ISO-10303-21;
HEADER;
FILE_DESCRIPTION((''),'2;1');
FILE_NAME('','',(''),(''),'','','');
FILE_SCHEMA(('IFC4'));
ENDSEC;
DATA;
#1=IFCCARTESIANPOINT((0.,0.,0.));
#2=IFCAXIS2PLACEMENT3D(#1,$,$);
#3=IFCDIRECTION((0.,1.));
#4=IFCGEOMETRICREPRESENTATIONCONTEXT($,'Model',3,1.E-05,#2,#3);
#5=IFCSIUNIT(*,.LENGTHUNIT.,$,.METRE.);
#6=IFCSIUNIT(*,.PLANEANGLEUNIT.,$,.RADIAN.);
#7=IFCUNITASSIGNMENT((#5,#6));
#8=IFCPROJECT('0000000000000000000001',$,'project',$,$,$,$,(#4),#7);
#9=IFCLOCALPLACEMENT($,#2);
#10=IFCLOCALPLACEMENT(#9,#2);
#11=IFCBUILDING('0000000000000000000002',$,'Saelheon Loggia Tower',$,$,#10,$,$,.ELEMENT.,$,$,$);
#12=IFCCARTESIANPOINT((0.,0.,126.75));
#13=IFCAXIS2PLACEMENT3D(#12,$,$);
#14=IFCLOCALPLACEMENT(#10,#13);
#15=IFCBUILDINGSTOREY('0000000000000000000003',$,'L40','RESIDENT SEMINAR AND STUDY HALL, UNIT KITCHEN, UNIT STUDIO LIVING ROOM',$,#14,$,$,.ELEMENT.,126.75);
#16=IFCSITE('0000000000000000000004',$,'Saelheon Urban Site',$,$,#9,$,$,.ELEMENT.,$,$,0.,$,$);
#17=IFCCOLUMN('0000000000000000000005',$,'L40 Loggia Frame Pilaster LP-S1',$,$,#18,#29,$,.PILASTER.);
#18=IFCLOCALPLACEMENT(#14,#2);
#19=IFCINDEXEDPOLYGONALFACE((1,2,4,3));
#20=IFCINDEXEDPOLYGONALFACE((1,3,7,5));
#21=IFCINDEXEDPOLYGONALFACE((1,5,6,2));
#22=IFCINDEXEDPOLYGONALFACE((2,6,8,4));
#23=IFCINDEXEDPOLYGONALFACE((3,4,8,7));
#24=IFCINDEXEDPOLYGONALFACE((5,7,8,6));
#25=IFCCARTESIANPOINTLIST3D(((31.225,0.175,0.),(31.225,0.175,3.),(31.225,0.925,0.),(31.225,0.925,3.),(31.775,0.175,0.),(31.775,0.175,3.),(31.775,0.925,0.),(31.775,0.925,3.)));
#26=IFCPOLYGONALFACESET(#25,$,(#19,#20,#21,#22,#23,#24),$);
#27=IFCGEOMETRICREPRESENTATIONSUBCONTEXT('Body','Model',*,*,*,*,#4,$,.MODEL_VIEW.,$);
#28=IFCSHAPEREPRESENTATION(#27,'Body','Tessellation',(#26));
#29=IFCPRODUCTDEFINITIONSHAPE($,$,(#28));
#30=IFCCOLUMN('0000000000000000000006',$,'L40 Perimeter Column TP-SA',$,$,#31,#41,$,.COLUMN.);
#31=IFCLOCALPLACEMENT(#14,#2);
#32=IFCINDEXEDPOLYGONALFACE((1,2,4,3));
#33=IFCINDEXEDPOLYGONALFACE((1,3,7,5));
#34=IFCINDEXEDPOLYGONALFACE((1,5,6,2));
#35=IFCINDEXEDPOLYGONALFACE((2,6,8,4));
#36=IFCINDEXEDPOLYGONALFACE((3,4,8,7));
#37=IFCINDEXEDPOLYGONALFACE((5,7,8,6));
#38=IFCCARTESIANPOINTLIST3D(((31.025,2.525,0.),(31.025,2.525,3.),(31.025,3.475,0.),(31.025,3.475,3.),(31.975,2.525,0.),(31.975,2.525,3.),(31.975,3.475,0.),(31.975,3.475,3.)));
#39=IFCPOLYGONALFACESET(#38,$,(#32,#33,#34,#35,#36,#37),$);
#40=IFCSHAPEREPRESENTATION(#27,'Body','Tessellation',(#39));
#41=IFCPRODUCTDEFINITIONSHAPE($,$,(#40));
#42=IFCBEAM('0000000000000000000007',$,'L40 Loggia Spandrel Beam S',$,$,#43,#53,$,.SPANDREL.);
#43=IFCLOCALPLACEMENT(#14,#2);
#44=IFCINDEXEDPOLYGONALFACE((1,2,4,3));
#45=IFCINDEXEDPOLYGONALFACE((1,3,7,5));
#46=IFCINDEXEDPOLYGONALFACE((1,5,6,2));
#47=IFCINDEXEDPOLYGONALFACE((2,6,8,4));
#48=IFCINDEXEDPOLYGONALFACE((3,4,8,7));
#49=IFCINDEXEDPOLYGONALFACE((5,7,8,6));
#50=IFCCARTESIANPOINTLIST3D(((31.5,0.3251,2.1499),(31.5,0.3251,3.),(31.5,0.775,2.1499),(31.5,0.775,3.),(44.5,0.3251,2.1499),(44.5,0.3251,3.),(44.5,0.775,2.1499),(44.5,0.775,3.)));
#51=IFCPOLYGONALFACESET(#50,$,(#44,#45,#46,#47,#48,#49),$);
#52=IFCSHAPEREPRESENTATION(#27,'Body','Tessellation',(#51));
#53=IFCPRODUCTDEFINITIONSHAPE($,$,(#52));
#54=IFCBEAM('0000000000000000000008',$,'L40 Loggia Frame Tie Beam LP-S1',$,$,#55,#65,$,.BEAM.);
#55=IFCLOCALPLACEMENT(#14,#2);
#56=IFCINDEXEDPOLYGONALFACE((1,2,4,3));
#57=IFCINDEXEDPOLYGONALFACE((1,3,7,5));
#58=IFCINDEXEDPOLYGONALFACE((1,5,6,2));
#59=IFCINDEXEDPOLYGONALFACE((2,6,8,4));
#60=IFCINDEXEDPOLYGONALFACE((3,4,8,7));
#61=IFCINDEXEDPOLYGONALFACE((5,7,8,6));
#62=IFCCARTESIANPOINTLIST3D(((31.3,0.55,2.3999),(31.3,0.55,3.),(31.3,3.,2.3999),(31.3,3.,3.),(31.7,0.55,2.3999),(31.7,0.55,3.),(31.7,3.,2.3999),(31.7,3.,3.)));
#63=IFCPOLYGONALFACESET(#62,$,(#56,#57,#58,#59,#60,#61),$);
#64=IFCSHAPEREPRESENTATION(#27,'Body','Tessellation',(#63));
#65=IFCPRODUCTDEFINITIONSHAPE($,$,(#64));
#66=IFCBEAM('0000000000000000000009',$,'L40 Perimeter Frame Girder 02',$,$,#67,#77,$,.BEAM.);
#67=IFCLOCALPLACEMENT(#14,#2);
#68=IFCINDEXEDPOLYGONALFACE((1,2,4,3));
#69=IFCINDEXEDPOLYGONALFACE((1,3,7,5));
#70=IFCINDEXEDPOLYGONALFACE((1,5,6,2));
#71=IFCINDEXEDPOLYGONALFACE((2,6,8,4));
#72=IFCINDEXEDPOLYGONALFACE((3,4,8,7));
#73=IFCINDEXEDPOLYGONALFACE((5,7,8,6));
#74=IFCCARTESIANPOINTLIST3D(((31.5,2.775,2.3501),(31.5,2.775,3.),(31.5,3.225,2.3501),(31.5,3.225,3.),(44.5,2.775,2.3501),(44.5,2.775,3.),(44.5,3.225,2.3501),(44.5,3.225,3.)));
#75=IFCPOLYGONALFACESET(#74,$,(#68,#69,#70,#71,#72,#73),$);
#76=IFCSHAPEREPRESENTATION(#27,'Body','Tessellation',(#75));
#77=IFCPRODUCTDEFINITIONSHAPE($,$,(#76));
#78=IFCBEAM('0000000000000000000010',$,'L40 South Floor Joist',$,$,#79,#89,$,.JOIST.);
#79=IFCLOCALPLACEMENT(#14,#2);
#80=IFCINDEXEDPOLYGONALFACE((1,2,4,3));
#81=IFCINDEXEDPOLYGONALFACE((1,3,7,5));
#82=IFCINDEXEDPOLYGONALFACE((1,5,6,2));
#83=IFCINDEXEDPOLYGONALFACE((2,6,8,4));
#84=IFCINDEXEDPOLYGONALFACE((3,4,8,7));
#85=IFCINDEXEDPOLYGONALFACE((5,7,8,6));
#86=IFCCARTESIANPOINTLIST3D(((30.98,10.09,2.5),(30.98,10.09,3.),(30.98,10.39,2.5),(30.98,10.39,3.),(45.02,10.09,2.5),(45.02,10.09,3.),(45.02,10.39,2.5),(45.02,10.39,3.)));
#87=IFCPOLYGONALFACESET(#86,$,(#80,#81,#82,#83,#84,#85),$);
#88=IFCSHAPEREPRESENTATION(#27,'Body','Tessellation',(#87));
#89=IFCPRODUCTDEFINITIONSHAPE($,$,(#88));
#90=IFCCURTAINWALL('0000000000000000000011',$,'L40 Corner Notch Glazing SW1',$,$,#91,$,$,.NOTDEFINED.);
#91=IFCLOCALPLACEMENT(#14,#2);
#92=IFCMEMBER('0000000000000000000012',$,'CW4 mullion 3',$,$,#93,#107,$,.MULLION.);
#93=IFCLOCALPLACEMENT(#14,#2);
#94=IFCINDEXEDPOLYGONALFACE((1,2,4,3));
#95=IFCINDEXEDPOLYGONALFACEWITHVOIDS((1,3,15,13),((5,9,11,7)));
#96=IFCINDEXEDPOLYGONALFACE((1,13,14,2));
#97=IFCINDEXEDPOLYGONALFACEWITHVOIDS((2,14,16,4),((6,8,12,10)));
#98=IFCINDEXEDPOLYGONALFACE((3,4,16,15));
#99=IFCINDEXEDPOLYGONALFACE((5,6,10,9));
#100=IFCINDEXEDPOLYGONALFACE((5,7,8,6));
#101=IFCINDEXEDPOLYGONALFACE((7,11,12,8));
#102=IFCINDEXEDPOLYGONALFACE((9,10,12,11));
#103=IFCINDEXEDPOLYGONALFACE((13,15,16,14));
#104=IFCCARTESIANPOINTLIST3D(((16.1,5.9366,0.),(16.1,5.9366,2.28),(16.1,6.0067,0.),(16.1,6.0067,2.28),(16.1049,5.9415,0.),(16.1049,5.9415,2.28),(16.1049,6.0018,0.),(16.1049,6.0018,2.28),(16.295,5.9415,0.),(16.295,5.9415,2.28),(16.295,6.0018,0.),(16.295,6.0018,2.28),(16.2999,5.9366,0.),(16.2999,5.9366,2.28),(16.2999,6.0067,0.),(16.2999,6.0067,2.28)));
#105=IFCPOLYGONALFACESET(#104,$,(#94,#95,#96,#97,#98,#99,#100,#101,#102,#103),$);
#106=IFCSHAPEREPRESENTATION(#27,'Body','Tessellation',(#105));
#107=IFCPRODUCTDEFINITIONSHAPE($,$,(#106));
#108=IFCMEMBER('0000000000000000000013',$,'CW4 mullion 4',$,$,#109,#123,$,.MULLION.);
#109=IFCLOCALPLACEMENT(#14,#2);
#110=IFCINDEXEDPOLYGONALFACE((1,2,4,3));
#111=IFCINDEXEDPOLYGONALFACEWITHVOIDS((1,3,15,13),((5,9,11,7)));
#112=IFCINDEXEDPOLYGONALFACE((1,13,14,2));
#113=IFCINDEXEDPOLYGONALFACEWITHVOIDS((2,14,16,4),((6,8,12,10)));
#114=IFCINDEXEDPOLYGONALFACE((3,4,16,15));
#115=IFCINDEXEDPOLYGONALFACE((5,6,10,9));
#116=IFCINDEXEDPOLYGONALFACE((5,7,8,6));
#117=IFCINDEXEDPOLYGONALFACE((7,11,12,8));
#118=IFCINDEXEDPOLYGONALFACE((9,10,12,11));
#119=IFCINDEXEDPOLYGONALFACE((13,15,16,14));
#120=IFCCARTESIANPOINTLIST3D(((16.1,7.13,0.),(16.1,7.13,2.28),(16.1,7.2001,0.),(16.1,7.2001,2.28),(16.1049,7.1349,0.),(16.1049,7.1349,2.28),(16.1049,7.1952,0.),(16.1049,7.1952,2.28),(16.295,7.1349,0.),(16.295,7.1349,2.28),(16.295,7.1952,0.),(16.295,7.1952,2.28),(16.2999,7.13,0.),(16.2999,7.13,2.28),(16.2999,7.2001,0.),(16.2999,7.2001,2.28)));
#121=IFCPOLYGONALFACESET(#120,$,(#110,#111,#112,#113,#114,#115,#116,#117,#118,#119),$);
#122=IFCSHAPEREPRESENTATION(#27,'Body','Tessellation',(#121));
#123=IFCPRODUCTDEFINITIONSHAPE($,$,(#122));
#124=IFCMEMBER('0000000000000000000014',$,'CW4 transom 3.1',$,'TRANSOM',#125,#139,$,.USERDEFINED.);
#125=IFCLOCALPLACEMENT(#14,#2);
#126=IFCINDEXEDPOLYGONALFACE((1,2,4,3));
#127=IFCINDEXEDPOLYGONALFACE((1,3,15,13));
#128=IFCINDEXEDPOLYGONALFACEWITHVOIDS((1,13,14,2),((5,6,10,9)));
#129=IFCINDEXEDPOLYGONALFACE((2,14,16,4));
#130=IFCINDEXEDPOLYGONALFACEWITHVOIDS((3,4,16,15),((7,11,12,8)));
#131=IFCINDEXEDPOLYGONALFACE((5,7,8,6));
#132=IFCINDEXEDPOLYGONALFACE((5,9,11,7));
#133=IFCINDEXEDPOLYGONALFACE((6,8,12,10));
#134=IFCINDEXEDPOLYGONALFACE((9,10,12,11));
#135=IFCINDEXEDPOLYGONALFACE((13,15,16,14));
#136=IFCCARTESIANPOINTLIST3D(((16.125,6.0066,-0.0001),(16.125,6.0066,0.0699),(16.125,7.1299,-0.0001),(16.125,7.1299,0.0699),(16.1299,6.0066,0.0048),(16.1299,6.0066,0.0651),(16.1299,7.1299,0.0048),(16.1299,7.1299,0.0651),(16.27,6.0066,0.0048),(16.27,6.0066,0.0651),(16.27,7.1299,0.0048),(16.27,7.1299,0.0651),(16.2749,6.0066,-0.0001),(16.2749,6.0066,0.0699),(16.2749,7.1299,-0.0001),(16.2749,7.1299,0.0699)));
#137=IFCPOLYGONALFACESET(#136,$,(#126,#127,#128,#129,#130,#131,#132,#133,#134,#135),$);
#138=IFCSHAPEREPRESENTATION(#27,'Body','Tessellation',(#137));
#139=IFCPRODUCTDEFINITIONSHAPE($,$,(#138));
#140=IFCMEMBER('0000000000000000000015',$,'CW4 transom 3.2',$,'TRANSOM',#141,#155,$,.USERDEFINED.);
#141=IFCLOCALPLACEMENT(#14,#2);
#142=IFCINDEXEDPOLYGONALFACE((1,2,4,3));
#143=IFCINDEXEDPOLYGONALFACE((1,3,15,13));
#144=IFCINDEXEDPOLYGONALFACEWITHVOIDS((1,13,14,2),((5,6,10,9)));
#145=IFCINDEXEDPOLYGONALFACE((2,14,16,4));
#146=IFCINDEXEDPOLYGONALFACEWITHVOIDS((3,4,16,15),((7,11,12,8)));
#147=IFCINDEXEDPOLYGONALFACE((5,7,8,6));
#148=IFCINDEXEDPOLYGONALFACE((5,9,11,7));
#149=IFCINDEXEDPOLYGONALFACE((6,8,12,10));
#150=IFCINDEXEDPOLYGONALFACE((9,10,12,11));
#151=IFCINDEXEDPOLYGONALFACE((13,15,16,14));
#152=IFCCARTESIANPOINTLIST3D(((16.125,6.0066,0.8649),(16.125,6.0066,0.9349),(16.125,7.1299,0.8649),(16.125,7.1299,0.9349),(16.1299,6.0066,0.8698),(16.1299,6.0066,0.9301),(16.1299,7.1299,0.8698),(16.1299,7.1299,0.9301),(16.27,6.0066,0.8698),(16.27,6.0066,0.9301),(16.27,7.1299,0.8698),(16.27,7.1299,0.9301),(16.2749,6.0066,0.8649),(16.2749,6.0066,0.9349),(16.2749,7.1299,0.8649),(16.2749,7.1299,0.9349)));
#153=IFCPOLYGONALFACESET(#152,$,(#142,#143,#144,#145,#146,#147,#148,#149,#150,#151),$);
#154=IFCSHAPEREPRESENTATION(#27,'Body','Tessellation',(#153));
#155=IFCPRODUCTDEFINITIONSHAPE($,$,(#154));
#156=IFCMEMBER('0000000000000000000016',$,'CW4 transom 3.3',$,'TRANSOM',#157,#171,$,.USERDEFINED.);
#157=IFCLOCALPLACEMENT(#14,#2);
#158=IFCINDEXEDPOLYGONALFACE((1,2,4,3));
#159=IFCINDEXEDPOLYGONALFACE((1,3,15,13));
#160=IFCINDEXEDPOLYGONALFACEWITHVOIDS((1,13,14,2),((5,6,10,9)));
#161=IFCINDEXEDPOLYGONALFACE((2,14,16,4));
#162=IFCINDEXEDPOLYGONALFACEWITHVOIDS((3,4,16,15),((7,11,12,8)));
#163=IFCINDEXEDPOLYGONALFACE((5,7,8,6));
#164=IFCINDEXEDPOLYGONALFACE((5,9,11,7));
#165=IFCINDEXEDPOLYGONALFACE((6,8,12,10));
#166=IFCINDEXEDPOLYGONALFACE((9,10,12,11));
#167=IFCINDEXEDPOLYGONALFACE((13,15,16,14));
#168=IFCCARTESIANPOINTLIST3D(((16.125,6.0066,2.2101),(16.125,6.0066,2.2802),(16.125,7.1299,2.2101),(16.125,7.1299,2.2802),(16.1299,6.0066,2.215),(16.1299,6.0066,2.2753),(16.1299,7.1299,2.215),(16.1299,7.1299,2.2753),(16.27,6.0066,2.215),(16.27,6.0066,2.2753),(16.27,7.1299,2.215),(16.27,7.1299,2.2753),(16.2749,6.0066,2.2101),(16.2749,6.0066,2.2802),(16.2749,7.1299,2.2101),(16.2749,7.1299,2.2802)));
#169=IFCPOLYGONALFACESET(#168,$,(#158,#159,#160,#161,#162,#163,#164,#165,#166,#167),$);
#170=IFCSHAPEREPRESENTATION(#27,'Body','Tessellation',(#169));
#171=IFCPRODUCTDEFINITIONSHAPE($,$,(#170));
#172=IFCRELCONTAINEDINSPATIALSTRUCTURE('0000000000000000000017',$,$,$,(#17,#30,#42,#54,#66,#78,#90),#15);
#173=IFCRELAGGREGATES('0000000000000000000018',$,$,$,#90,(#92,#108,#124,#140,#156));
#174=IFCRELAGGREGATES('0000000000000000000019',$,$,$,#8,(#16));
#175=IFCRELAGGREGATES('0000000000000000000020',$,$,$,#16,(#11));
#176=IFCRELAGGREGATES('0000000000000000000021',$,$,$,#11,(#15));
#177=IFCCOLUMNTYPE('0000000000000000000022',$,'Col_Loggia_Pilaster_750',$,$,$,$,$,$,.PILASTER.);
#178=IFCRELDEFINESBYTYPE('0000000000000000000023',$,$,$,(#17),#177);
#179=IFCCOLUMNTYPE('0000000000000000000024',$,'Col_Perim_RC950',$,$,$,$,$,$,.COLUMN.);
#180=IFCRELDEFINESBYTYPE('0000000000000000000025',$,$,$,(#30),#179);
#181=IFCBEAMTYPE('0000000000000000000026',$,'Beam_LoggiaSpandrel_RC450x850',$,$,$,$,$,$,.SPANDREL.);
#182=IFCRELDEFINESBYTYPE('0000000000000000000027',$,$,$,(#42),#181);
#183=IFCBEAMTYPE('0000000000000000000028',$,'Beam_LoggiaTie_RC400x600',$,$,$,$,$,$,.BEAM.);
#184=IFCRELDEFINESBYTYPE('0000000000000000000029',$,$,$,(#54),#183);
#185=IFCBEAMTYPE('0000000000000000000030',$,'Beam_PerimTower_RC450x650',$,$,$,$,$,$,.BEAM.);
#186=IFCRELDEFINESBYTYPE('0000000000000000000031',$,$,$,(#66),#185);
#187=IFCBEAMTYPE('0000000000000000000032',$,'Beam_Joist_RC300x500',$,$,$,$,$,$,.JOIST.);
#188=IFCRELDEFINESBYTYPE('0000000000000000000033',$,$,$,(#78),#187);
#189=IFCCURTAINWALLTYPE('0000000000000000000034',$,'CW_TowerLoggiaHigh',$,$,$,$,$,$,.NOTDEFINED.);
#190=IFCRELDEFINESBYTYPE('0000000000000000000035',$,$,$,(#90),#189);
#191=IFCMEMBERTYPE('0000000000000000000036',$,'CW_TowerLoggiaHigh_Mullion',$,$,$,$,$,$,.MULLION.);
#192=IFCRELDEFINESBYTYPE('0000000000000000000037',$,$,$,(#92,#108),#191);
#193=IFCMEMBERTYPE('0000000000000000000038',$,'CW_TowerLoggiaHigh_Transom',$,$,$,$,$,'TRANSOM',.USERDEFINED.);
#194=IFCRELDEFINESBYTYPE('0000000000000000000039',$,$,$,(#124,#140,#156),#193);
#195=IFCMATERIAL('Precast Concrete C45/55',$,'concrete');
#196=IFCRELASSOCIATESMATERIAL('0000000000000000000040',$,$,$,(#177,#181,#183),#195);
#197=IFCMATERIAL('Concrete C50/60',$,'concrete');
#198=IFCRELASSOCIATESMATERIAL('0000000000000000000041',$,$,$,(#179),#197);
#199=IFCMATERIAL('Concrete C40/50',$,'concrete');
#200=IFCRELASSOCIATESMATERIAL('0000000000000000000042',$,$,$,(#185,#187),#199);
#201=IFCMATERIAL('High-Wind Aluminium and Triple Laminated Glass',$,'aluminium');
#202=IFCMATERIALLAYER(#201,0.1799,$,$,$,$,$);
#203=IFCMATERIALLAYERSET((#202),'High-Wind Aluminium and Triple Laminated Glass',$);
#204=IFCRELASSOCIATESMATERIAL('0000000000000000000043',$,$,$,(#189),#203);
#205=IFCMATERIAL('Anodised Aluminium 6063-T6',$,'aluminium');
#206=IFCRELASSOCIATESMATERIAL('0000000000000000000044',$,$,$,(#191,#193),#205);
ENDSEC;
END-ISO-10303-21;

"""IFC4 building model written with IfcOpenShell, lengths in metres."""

from ifc_helpers import new_model, si_unit, direction, frame, origin, origin_2d, place, context, subcontext, project, spatial, rectangle, hollow_rectangle, extrude, source, transform, mapped, material, layer, layer_set, material_profile, profile_set, type_object, element, aggregate, save


model = new_model("IFC4")

# Units and contexts
model_context = context("Model", 3, precision=1e-05, world=origin(), true_north=direction((0.0, 1.0)))
body_context = subcontext(model_context, "Body", "Model", "MODEL_VIEW")
ifc_project = project(units=[si_unit("LENGTHUNIT", "METRE"), si_unit("PLANEANGLEUNIT", "RADIAN")], contexts=[model_context])

# Site, building, storey
site_placement = place(None, origin())
site = spatial("IfcSite", under=ifc_project, at=site_placement, Name="Saelheon Urban Site", CompositionType="ELEMENT", RefElevation=0.0)
building_placement = place(site_placement, origin())
building = spatial("IfcBuilding", under=site, at=building_placement, Name="Saelheon Loggia Tower", CompositionType="ELEMENT")
storey_placement = place(building_placement, frame((0.0, 0.0, 126.75)))
storey = spatial("IfcBuildingStorey", under=building, at=storey_placement, Name="L40", Description="RESIDENT SEMINAR AND STUDY HALL, UNIT KITCHEN, UNIT STUDIO LIVING ROOM", CompositionType="ELEMENT", Elevation=126.75)

# Columns
ifc_material_1 = material(Name="Precast Concrete C45/55", Category="concrete")
ifc_material_profile_1 = material_profile(ifc_material_1, rectangle(XDim=0.55, YDim=0.75, at=origin_2d()), Name="RC-550x750")
ifc_profile_set_1 = profile_set([ifc_material_profile_1], Name="Precast Concrete C45/55")
column_type_1 = type_object("IfcColumnType", Name="Col_Loggia_Pilaster_750", PredefinedType="PILASTER", material=ifc_profile_set_1)
shared_shape_1 = source(origin(), body_context, "Body", "SweptSolid", [
    extrude(rectangle(XDim=0.55, YDim=0.75, at=origin_2d()), origin(), (0.0, 0.0, 1.0), 3.0),
])
column_1_placement = place(storey_placement, frame((31.5, 0.55, 0.0), z_axis=(0.0, 0.0, 1.0), x_axis=(1.0, 0.0, 0.0)))
element("IfcColumn", 1, at=column_1_placement, inside=storey, type_object=column_type_1, Name="L40 Loggia Frame Pilaster LP-S1", PredefinedType="PILASTER", context=body_context, shape_type="MappedRepresentation", body=[
    mapped(shared_shape_1, transform((0.0, 0.0, 0.0), scale=1.0)),
])
ifc_material_2 = material(Name="Concrete C50/60", Category="concrete")
ifc_material_profile_2 = material_profile(ifc_material_2, rectangle(XDim=0.95, YDim=0.95, at=origin_2d()), Name="RC-950x950")
ifc_profile_set_2 = profile_set([ifc_material_profile_2], Name="Concrete C50/60")
column_type_2 = type_object("IfcColumnType", Name="Col_Perim_RC950", PredefinedType="COLUMN", material=ifc_profile_set_2)
shared_shape_2 = source(origin(), body_context, "Body", "SweptSolid", [
    extrude(rectangle(XDim=0.95, YDim=0.95, at=origin_2d()), origin(), (0.0, 0.0, 1.0), 3.0),
])
column_2_placement = place(storey_placement, frame((31.5, 3.0, 0.0), z_axis=(0.0, 0.0, 1.0), x_axis=(1.0, 0.0, 0.0)))
element("IfcColumn", 2, at=column_2_placement, inside=storey, type_object=column_type_2, Name="L40 Perimeter Column TP-SA", PredefinedType="COLUMN", context=body_context, shape_type="MappedRepresentation", body=[
    mapped(shared_shape_2, transform((0.0, 0.0, 0.0), scale=1.0)),
])

# Beams
ifc_material_profile_3 = material_profile(ifc_material_1, rectangle(XDim=0.45, YDim=0.8501, at=origin_2d()), Name="RC-450x850")
ifc_profile_set_3 = profile_set([ifc_material_profile_3], Name="Precast Concrete C45/55")
beam_type_1 = type_object("IfcBeamType", Name="Beam_LoggiaSpandrel_RC450x850", PredefinedType="SPANDREL", material=ifc_profile_set_3)
shared_shape_3 = source(origin(), body_context, "Body", "SweptSolid", [
    extrude(rectangle(XDim=0.45, YDim=0.8501, at=origin_2d()), origin(), (0.0, 0.0, 1.0), 13.0),
])
beam_1_placement = place(storey_placement, frame((31.5, 0.55, 2.575), z_axis=(1.0, 0.0, 0.0), x_axis=(0.0, 1.0, 0.0)))
element("IfcBeam", 3, at=beam_1_placement, inside=storey, type_object=beam_type_1, Name="L40 Loggia Spandrel Beam S", PredefinedType="SPANDREL", context=body_context, shape_type="MappedRepresentation", body=[
    mapped(shared_shape_3, transform((0.0, 0.0, 0.0), scale=1.0)),
])
ifc_material_profile_4 = material_profile(ifc_material_1, rectangle(XDim=0.3999, YDim=0.6001, at=origin_2d()), Name="RC-400x600")
ifc_profile_set_4 = profile_set([ifc_material_profile_4], Name="Precast Concrete C45/55")
beam_type_2 = type_object("IfcBeamType", Name="Beam_LoggiaTie_RC400x600", PredefinedType="BEAM", material=ifc_profile_set_4)
shared_shape_4 = source(origin(), body_context, "Body", "SweptSolid", [
    extrude(rectangle(XDim=0.3999, YDim=0.6001, at=origin_2d()), origin(), (0.0, 0.0, 1.0), 2.45),
])
beam_2_placement = place(storey_placement, frame((31.5, 3.0, 2.7), z_axis=(0.0, -1.0, 0.0), x_axis=(1.0, 0.0, 0.0)))
element("IfcBeam", 4, at=beam_2_placement, inside=storey, type_object=beam_type_2, Name="L40 Loggia Frame Tie Beam LP-S1", PredefinedType="BEAM", context=body_context, shape_type="MappedRepresentation", body=[
    mapped(shared_shape_4, transform((0.0, 0.0, 0.0), scale=1.0)),
])
ifc_material_3 = material(Name="Concrete C40/50", Category="concrete")
ifc_material_profile_5 = material_profile(ifc_material_3, rectangle(XDim=0.45, YDim=0.6499, at=origin_2d()), Name="RC-450x650")
ifc_profile_set_5 = profile_set([ifc_material_profile_5], Name="Concrete C40/50")
beam_type_3 = type_object("IfcBeamType", Name="Beam_PerimTower_RC450x650", PredefinedType="BEAM", material=ifc_profile_set_5)
shared_shape_5 = source(origin(), body_context, "Body", "SweptSolid", [
    extrude(rectangle(XDim=0.45, YDim=0.6499, at=origin_2d()), origin(), (0.0, 0.0, 1.0), 13.0),
])
beam_3_placement = place(storey_placement, frame((31.5, 3.0, 2.675), z_axis=(1.0, 0.0, 0.0), x_axis=(0.0, 1.0, 0.0)))
element("IfcBeam", 5, at=beam_3_placement, inside=storey, type_object=beam_type_3, Name="L40 Perimeter Frame Girder 02", PredefinedType="BEAM", context=body_context, shape_type="MappedRepresentation", body=[
    mapped(shared_shape_5, transform((0.0, 0.0, 0.0), scale=1.0)),
])
ifc_material_profile_6 = material_profile(ifc_material_3, rectangle(XDim=0.3, YDim=0.5, at=origin_2d()), Name="RC-300x500")
ifc_profile_set_6 = profile_set([ifc_material_profile_6], Name="Concrete C40/50")
beam_type_4 = type_object("IfcBeamType", Name="Beam_Joist_RC300x500", PredefinedType="JOIST", material=ifc_profile_set_6)
shared_shape_6 = source(origin(), body_context, "Body", "SweptSolid", [
    extrude(rectangle(XDim=0.3, YDim=0.5, at=origin_2d()), origin(), (0.0, 0.0, 1.0), 14.04),
])
beam_4_placement = place(storey_placement, frame((30.98, 10.24, 2.75), z_axis=(1.0, 0.0, 0.0), x_axis=(0.0, 1.0, 0.0)))
element("IfcBeam", 6, at=beam_4_placement, inside=storey, type_object=beam_type_4, Name="L40 South Floor Joist", PredefinedType="JOIST", context=body_context, shape_type="MappedRepresentation", body=[
    mapped(shared_shape_6, transform((0.0, 0.0, 0.0), scale=1.0)),
])

# Curtain wall, members
ifc_material_4 = material(Name="High-Wind Aluminium and Triple Laminated Glass", Category="aluminium")
ifc_layer_1 = layer(ifc_material_4, 0.1799)
ifc_layer_set_1 = layer_set([ifc_layer_1], Name="High-Wind Aluminium and Triple Laminated Glass")
curtain_wall_type = type_object("IfcCurtainWallType", Name="CW_TowerLoggiaHigh", PredefinedType="NOTDEFINED", material=ifc_layer_set_1)
curtain_wall_placement = place(storey_placement, origin())
curtain_wall = element("IfcCurtainWall", 7, at=curtain_wall_placement, inside=storey, type_object=curtain_wall_type, Name="L40 Corner Notch Glazing SW1", PredefinedType="NOTDEFINED")
ifc_material_5 = material(Name="Anodised Aluminium 6063-T6", Category="aluminium")
ifc_material_profile_7 = material_profile(ifc_material_5, hollow_rectangle(XDim=0.0701, YDim=0.2, WallThickness=0.0049, at=origin_2d()), Name="RHS-200x70x5")
ifc_profile_set_7 = profile_set([ifc_material_profile_7], Name="Anodised Aluminium 6063-T6")
member_type_1 = type_object("IfcMemberType", Name="CW_TowerLoggiaHigh_Mullion", PredefinedType="MULLION", material=ifc_profile_set_7)
shared_shape_7 = source(origin(), body_context, "Body", "SweptSolid", [
    extrude(hollow_rectangle(XDim=0.0701, YDim=0.2, WallThickness=0.0049, at=origin_2d()), origin(), (0.0, 0.0, 1.0), 2.28),
])
member_1_placement = place(storey_placement, frame((16.2, 5.9717, 0.0), z_axis=(0.0, 0.0, 1.0), x_axis=(0.0, 1.0, 0.0)))
member_1 = element("IfcMember", 8, at=member_1_placement, type_object=member_type_1, Name="CW4 mullion 3", PredefinedType="MULLION", context=body_context, shape_type="MappedRepresentation", body=[
    mapped(shared_shape_7, transform((0.0, 0.0, 0.0), scale=1.0)),
])
member_2_placement = place(storey_placement, frame((16.2, 7.165, 0.0), z_axis=(0.0, 0.0, 1.0), x_axis=(0.0, 1.0, 0.0)))
member_2 = element("IfcMember", 9, at=member_2_placement, type_object=member_type_1, Name="CW4 mullion 4", PredefinedType="MULLION", context=body_context, shape_type="MappedRepresentation", body=[
    mapped(shared_shape_7, transform((0.0, 0.0, 0.0), scale=1.0)),
])
ifc_material_profile_8 = material_profile(ifc_material_5, hollow_rectangle(XDim=0.0701, YDim=0.1499, WallThickness=0.0049, at=origin_2d()), Name="RHS-150x70x5")
ifc_profile_set_8 = profile_set([ifc_material_profile_8], Name="Anodised Aluminium 6063-T6")
member_type_2 = type_object("IfcMemberType", Name="CW_TowerLoggiaHigh_Transom", ElementType="TRANSOM", PredefinedType="USERDEFINED", material=ifc_profile_set_8)
shared_shape_8 = source(origin(), body_context, "Body", "SweptSolid", [
    extrude(hollow_rectangle(XDim=0.0701, YDim=0.1499, WallThickness=0.0049, at=origin_2d()), origin(), (0.0, 0.0, 1.0), 1.1233),
])
member_3_placement = place(storey_placement, frame((16.2, 6.0066, 0.0349), z_axis=(0.0, 1.0, 0.0), x_axis=(0.0, 0.0, 1.0)))
member_3 = element("IfcMember", 10, at=member_3_placement, type_object=member_type_2, Name="CW4 transom 3.1", ObjectType="TRANSOM", PredefinedType="USERDEFINED", context=body_context, shape_type="MappedRepresentation", body=[
    mapped(shared_shape_8, transform((0.0, 0.0, 0.0), scale=1.0)),
])
member_4_placement = place(storey_placement, frame((16.2, 6.0066, 0.8999), z_axis=(0.0, 1.0, 0.0), x_axis=(0.0, 0.0, 1.0)))
member_4 = element("IfcMember", 11, at=member_4_placement, type_object=member_type_2, Name="CW4 transom 3.2", ObjectType="TRANSOM", PredefinedType="USERDEFINED", context=body_context, shape_type="MappedRepresentation", body=[
    mapped(shared_shape_8, transform((0.0, 0.0, 0.0), scale=1.0)),
])
member_5_placement = place(storey_placement, frame((16.2, 6.0066, 2.2451), z_axis=(0.0, 1.0, 0.0), x_axis=(0.0, 0.0, 1.0)))
member_5 = element("IfcMember", 12, at=member_5_placement, type_object=member_type_2, Name="CW4 transom 3.3", ObjectType="TRANSOM", PredefinedType="USERDEFINED", context=body_context, shape_type="MappedRepresentation", body=[
    mapped(shared_shape_8, transform((0.0, 0.0, 0.0), scale=1.0)),
])
aggregate(curtain_wall, [member_1, member_2, member_3, member_4, member_5])

save(model, "model.ifc")
